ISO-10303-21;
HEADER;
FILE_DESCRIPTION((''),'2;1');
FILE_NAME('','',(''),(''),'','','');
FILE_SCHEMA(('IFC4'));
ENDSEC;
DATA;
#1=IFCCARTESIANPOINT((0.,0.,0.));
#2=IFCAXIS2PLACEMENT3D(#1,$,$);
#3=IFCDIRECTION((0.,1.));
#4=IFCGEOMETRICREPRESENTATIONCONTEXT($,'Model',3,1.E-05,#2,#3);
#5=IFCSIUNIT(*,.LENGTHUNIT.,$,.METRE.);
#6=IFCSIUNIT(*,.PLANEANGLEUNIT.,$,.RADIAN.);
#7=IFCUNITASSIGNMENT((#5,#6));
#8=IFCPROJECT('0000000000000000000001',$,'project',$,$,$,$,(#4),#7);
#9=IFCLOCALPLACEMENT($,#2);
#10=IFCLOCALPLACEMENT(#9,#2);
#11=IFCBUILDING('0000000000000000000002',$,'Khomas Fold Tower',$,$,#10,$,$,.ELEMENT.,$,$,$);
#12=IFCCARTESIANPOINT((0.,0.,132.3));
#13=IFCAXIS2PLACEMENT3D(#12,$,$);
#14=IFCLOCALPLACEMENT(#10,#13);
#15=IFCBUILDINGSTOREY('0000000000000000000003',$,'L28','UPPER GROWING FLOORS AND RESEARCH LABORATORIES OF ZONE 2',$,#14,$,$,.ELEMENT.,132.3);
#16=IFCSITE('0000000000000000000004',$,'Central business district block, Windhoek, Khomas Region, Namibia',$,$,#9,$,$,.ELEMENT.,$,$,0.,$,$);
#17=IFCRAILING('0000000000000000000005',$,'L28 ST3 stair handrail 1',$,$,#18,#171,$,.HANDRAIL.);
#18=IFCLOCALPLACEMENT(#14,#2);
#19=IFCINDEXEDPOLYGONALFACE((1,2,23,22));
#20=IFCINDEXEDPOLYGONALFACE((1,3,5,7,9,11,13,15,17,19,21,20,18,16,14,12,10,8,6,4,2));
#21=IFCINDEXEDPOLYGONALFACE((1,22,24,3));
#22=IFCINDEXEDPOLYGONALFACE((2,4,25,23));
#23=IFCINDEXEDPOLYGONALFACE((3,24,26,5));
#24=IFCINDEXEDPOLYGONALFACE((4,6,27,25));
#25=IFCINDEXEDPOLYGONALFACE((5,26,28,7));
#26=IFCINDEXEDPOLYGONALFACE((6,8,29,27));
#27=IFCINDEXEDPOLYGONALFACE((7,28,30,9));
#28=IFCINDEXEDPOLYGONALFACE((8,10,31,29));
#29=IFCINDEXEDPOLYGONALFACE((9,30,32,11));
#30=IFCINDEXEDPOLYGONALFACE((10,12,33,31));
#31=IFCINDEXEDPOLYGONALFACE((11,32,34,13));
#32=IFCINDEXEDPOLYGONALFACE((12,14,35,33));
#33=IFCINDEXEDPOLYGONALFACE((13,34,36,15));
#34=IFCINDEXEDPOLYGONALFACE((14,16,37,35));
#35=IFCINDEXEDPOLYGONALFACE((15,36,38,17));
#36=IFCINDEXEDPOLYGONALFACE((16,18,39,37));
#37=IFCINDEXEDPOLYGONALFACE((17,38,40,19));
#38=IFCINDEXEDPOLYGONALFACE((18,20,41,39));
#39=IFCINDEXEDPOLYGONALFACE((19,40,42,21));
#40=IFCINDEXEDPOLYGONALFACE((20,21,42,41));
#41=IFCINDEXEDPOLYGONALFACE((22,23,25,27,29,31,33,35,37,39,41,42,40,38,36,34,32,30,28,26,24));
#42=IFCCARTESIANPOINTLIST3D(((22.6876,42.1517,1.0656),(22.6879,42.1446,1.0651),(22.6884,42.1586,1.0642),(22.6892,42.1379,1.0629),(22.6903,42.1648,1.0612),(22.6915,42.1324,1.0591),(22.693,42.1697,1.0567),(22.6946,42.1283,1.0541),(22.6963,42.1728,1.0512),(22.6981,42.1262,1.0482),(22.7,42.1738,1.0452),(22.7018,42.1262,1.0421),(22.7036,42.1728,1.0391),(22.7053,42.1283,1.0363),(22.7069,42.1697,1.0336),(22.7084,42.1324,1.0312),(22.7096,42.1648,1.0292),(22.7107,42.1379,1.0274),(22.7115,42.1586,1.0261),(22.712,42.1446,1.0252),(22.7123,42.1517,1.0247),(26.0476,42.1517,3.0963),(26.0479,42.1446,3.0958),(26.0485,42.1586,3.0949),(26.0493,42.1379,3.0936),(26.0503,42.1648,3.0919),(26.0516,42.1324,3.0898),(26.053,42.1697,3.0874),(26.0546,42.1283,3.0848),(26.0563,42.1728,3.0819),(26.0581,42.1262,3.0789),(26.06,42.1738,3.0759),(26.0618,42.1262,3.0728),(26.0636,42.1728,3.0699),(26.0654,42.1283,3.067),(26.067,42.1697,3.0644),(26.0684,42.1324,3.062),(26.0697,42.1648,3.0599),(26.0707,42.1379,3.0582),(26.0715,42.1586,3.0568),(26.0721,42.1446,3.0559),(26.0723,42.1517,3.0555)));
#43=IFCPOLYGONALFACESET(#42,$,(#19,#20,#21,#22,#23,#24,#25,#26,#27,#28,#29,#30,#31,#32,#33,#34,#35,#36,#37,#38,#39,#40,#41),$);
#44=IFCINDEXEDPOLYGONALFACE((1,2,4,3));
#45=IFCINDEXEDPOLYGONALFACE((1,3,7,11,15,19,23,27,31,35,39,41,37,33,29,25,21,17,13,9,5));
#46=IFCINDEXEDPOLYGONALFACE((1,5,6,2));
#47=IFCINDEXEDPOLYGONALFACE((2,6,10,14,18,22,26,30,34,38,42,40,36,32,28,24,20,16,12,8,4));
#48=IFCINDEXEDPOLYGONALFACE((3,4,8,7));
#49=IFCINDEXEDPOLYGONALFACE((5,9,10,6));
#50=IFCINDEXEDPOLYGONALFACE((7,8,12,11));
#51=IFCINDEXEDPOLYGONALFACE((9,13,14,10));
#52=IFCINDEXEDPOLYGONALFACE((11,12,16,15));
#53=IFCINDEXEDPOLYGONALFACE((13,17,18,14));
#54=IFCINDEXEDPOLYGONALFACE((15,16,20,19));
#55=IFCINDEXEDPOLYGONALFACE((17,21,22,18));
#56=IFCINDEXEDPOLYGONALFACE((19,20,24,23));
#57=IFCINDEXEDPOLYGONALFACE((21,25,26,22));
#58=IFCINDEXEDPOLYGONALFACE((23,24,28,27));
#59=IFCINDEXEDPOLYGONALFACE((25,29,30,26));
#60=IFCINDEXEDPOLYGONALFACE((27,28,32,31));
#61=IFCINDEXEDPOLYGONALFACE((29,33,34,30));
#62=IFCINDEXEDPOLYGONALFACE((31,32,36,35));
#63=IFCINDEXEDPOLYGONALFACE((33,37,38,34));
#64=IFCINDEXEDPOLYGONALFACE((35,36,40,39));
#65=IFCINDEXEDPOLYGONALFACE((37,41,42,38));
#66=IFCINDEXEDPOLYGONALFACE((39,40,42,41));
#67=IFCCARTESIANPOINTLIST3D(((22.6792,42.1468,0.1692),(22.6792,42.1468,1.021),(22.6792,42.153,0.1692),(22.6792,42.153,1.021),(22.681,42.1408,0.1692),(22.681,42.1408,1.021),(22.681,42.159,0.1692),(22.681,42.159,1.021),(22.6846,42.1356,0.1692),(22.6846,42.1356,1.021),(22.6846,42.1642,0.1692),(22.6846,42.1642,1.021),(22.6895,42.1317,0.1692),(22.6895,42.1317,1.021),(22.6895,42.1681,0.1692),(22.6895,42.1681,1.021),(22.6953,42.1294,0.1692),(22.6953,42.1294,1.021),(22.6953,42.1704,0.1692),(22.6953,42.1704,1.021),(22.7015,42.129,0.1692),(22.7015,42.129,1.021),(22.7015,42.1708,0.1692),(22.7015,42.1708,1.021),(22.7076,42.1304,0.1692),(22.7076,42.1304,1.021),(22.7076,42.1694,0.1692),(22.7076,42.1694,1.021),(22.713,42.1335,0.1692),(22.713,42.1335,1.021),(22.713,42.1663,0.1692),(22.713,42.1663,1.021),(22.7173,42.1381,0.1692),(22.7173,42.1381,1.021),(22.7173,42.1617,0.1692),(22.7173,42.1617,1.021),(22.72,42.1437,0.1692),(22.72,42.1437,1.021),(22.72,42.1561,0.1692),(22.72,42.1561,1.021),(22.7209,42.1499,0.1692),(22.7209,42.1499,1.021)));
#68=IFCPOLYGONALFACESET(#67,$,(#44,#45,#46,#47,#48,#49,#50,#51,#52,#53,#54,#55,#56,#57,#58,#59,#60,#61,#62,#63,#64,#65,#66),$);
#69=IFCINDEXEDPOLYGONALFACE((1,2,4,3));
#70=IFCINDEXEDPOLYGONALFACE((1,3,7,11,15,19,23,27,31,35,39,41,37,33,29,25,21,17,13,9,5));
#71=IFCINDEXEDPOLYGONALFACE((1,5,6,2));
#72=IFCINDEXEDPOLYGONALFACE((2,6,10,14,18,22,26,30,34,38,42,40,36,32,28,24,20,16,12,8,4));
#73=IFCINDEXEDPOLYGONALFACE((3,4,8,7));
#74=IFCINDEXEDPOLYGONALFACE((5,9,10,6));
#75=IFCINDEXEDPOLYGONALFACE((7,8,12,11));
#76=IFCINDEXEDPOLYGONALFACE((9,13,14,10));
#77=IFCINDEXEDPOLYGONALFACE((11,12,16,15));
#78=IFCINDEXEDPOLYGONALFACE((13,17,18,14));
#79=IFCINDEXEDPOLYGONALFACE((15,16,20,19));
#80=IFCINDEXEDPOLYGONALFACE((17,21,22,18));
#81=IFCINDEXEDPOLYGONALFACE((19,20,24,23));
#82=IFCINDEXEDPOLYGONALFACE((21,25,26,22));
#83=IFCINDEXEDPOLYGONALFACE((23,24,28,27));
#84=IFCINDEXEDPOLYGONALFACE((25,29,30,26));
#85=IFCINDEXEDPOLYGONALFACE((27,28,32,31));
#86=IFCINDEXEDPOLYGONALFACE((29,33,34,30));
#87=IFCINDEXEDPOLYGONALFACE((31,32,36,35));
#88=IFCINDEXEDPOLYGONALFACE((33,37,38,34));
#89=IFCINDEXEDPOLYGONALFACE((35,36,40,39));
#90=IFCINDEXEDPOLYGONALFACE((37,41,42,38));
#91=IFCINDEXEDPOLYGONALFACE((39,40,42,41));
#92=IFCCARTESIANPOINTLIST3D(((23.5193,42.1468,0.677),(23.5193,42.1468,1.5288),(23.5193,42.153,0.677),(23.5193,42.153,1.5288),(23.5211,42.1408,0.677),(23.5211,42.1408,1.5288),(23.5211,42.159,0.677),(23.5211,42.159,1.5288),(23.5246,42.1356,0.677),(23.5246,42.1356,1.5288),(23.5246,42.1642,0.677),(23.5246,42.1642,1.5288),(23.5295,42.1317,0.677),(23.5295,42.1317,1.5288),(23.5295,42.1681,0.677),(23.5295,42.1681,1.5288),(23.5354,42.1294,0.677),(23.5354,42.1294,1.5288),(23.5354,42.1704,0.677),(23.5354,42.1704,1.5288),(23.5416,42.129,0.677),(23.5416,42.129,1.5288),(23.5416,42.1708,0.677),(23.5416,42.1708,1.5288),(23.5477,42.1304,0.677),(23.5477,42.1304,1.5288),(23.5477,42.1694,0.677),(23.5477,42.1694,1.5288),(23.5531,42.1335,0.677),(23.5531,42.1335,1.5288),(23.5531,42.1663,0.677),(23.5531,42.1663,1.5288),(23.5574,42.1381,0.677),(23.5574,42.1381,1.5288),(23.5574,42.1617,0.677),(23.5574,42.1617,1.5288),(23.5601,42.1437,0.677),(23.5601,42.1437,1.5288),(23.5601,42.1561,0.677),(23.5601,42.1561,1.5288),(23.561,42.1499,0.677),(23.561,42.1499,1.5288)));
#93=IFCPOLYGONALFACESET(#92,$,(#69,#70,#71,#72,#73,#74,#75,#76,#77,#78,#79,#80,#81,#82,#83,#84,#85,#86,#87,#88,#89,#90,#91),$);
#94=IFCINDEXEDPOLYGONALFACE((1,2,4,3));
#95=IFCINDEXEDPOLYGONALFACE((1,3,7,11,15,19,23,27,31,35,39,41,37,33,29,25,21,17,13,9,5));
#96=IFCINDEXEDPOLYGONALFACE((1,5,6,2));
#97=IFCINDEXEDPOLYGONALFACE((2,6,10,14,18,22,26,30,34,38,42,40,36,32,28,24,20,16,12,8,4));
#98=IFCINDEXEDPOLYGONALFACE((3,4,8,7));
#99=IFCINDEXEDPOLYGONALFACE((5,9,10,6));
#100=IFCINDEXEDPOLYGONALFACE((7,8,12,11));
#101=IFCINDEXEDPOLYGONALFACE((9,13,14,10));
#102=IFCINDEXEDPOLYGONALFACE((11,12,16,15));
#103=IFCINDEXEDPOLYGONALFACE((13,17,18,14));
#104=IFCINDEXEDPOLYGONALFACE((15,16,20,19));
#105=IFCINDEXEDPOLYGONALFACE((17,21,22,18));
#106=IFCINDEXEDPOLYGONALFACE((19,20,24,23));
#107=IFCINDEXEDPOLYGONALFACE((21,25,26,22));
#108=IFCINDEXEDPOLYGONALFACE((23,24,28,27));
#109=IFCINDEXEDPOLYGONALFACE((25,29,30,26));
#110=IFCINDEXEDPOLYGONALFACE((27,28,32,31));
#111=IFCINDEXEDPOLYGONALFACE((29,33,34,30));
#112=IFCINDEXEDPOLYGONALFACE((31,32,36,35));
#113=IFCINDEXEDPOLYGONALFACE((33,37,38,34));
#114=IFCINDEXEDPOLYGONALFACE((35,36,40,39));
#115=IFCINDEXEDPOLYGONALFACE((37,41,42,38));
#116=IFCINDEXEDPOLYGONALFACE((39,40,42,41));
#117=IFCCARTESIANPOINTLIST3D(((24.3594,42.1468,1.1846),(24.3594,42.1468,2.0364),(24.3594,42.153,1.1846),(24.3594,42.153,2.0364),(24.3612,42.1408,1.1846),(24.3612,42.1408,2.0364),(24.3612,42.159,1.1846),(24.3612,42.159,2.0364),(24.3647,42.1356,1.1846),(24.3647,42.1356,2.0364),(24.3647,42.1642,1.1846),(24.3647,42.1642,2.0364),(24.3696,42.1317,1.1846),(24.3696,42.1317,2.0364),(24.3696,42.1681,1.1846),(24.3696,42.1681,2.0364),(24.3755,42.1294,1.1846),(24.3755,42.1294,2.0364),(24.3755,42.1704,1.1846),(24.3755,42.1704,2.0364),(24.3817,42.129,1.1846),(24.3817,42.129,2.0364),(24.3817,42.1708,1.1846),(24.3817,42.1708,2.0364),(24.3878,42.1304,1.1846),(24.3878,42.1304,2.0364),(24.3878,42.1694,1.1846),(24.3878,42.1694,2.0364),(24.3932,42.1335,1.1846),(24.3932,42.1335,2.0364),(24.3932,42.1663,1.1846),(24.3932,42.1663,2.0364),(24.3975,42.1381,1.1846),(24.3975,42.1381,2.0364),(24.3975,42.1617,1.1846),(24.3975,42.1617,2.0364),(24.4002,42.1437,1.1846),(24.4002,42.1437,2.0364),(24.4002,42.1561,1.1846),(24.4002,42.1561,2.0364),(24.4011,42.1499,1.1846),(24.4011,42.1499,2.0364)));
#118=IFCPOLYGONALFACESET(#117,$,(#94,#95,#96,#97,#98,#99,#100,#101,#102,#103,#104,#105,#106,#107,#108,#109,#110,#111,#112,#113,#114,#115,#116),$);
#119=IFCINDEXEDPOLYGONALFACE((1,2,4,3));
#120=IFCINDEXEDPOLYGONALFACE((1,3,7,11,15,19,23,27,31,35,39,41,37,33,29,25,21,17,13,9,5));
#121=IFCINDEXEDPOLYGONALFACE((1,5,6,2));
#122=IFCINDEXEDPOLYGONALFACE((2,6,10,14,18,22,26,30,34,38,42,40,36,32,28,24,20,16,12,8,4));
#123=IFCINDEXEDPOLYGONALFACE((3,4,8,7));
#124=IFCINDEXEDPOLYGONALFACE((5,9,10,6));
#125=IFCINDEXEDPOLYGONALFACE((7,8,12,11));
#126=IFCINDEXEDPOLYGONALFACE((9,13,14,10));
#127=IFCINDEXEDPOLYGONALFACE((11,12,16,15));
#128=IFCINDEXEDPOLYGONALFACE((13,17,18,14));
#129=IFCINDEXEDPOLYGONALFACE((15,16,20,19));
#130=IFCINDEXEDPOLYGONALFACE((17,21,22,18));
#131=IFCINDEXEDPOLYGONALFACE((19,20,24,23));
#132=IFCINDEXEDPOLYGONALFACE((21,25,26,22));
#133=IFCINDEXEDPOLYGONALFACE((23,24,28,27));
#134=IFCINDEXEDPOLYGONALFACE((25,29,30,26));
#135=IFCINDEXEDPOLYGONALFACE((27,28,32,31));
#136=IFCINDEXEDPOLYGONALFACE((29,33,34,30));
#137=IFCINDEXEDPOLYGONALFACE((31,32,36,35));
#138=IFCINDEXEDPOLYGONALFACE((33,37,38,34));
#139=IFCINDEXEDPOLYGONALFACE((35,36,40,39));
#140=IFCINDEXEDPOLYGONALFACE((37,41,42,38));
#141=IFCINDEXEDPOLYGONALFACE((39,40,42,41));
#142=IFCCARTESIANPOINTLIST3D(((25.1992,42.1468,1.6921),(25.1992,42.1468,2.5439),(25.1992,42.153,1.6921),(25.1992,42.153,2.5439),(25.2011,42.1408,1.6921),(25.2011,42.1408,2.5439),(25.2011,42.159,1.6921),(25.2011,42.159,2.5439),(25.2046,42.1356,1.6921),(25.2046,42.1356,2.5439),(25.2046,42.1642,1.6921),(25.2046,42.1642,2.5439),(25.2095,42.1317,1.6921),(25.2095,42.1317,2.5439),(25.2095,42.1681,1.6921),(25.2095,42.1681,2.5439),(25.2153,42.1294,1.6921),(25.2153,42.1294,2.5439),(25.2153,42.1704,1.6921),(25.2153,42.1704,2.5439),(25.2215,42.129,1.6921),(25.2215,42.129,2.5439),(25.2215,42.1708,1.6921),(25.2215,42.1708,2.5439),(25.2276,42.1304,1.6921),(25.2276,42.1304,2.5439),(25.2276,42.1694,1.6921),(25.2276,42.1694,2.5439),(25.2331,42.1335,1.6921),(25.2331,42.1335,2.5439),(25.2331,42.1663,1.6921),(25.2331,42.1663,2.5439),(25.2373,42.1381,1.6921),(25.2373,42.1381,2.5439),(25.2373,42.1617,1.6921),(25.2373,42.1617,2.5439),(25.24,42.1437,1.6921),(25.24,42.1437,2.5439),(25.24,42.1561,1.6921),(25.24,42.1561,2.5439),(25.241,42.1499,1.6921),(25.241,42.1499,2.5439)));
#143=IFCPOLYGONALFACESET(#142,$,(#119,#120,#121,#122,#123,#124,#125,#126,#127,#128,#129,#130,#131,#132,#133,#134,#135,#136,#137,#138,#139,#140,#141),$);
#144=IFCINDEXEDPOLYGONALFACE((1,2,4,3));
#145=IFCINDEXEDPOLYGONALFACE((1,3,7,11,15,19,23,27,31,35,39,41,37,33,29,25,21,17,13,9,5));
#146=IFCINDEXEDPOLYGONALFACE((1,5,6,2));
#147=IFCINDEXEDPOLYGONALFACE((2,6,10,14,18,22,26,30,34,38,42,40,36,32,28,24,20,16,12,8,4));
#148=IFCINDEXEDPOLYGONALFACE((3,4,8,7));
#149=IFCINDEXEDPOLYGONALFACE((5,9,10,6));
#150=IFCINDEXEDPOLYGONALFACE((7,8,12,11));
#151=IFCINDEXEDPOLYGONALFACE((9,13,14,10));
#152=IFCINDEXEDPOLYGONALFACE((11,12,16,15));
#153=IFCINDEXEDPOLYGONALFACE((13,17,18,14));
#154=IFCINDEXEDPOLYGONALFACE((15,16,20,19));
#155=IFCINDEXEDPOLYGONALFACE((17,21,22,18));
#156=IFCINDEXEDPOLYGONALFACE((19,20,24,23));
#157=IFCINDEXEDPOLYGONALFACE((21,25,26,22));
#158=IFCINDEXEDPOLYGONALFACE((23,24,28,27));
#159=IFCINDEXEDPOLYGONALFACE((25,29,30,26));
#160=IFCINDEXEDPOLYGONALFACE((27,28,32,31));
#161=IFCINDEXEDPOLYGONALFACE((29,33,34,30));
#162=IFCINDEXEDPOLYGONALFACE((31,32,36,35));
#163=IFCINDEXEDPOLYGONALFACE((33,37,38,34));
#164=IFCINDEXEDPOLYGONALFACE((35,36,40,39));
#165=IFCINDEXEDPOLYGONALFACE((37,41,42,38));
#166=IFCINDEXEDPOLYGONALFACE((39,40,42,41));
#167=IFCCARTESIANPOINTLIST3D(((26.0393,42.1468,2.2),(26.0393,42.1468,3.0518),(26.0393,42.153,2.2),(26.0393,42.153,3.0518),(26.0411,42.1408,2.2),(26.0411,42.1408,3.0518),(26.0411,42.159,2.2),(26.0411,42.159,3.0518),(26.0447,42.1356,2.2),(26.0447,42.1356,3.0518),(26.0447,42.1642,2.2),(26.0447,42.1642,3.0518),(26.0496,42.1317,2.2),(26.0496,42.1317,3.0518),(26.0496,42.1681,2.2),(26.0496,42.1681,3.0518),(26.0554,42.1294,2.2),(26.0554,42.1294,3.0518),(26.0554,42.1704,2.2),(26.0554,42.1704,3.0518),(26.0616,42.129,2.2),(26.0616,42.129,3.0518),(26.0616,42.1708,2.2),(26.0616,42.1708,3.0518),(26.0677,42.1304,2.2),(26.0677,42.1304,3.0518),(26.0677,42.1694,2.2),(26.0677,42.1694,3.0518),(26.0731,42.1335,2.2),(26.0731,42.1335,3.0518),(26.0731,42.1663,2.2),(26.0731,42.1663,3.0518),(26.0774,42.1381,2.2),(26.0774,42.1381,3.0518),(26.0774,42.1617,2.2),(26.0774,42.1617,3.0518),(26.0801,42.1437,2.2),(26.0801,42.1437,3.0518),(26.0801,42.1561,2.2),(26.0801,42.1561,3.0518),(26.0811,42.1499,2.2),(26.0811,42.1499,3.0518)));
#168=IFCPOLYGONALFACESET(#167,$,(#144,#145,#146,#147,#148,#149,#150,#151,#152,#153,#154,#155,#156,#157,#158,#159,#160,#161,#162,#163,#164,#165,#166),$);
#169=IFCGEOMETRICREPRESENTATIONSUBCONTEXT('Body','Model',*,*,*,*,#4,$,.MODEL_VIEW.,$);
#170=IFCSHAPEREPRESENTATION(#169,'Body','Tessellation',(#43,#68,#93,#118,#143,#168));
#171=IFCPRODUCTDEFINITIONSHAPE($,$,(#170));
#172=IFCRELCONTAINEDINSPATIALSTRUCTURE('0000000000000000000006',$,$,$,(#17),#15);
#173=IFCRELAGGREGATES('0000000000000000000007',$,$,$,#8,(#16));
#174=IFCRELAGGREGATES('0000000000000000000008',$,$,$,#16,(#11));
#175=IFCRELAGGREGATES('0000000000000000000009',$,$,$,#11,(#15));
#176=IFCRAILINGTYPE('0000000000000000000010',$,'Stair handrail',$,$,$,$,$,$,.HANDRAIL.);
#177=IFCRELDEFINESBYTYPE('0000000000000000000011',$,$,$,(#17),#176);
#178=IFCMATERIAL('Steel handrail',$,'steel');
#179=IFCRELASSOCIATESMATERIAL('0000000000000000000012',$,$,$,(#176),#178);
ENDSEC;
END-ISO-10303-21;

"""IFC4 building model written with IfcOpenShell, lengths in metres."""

from ifc_helpers import new_model, si_unit, direction, frame, origin, origin_2d, place, context, subcontext, project, spatial, circle, extrude, source, transform, mapped, material, type_object, element, save


model = new_model("IFC4")

# Units and contexts
model_context = context("Model", 3, precision=1e-05, world=origin(), true_north=direction((0.0, 1.0)))
body_context = subcontext(model_context, "Body", "Model", "MODEL_VIEW")
ifc_project = project(units=[si_unit("LENGTHUNIT", "METRE"), si_unit("PLANEANGLEUNIT", "RADIAN")], contexts=[model_context])

# Site, building, storey
site_placement = place(None, origin())
site = spatial("IfcSite", under=ifc_project, at=site_placement, Name="Central business district block, Windhoek, Khomas Region, Namibia", CompositionType="ELEMENT", RefElevation=0.0)
building_placement = place(site_placement, origin())
building = spatial("IfcBuilding", under=site, at=building_placement, Name="Khomas Fold Tower", CompositionType="ELEMENT")
storey_placement = place(building_placement, frame((0.0, 0.0, 132.3)))
storey = spatial("IfcBuildingStorey", under=building, at=storey_placement, Name="L28", Description="UPPER GROWING FLOORS AND RESEARCH LABORATORIES OF ZONE 2", CompositionType="ELEMENT", Elevation=132.3)

# Railing
ifc_material_1 = material(Name="Steel handrail", Category="steel")
railing_type_1 = type_object("IfcRailingType", Name="Stair handrail", PredefinedType="HANDRAIL", material=ifc_material_1)
shared_shape_1 = source(origin(), body_context, "Body", "SweptSolid", [
    extrude(circle(Radius=0.0239, at=origin_2d()), frame((0.0, 0.0, 0.876), z_axis=(0.855837, 0.0, 0.517246), x_axis=(0.0, 1.0, 0.0)), (0.0, 0.0, 1.0), 3.926),
    extrude(circle(Radius=0.021, at=origin_2d()), origin(), (0.0, 0.0, 1.0), 0.8518),
    extrude(circle(Radius=0.021, at=origin_2d()), frame((0.8401, 0.0, 0.5078)), (0.0, 0.0, 1.0), 0.8518),
    extrude(circle(Radius=0.021, at=origin_2d()), frame((1.6802, 0.0, 1.0154)), (0.0, 0.0, 1.0), 0.8518),
    extrude(circle(Radius=0.021, at=origin_2d()), frame((2.52, 0.0, 1.5229)), (0.0, 0.0, 1.0), 0.8518),
    extrude(circle(Radius=0.021, at=origin_2d()), frame((3.3601, 0.0, 2.0308)), (0.0, 0.0, 1.0), 0.8518),
])
railing_1_placement = place(storey_placement, frame((22.7, 42.1499, 0.1692)))
element("IfcRailing", 1, at=railing_1_placement, inside=storey, type_object=railing_type_1, Name="L28 ST3 stair handrail 1", PredefinedType="HANDRAIL", context=body_context, shape_type="MappedRepresentation", body=[
    mapped(shared_shape_1, transform((0.0, 0.0, 0.0))),
])

save(model, "model.ifc")
